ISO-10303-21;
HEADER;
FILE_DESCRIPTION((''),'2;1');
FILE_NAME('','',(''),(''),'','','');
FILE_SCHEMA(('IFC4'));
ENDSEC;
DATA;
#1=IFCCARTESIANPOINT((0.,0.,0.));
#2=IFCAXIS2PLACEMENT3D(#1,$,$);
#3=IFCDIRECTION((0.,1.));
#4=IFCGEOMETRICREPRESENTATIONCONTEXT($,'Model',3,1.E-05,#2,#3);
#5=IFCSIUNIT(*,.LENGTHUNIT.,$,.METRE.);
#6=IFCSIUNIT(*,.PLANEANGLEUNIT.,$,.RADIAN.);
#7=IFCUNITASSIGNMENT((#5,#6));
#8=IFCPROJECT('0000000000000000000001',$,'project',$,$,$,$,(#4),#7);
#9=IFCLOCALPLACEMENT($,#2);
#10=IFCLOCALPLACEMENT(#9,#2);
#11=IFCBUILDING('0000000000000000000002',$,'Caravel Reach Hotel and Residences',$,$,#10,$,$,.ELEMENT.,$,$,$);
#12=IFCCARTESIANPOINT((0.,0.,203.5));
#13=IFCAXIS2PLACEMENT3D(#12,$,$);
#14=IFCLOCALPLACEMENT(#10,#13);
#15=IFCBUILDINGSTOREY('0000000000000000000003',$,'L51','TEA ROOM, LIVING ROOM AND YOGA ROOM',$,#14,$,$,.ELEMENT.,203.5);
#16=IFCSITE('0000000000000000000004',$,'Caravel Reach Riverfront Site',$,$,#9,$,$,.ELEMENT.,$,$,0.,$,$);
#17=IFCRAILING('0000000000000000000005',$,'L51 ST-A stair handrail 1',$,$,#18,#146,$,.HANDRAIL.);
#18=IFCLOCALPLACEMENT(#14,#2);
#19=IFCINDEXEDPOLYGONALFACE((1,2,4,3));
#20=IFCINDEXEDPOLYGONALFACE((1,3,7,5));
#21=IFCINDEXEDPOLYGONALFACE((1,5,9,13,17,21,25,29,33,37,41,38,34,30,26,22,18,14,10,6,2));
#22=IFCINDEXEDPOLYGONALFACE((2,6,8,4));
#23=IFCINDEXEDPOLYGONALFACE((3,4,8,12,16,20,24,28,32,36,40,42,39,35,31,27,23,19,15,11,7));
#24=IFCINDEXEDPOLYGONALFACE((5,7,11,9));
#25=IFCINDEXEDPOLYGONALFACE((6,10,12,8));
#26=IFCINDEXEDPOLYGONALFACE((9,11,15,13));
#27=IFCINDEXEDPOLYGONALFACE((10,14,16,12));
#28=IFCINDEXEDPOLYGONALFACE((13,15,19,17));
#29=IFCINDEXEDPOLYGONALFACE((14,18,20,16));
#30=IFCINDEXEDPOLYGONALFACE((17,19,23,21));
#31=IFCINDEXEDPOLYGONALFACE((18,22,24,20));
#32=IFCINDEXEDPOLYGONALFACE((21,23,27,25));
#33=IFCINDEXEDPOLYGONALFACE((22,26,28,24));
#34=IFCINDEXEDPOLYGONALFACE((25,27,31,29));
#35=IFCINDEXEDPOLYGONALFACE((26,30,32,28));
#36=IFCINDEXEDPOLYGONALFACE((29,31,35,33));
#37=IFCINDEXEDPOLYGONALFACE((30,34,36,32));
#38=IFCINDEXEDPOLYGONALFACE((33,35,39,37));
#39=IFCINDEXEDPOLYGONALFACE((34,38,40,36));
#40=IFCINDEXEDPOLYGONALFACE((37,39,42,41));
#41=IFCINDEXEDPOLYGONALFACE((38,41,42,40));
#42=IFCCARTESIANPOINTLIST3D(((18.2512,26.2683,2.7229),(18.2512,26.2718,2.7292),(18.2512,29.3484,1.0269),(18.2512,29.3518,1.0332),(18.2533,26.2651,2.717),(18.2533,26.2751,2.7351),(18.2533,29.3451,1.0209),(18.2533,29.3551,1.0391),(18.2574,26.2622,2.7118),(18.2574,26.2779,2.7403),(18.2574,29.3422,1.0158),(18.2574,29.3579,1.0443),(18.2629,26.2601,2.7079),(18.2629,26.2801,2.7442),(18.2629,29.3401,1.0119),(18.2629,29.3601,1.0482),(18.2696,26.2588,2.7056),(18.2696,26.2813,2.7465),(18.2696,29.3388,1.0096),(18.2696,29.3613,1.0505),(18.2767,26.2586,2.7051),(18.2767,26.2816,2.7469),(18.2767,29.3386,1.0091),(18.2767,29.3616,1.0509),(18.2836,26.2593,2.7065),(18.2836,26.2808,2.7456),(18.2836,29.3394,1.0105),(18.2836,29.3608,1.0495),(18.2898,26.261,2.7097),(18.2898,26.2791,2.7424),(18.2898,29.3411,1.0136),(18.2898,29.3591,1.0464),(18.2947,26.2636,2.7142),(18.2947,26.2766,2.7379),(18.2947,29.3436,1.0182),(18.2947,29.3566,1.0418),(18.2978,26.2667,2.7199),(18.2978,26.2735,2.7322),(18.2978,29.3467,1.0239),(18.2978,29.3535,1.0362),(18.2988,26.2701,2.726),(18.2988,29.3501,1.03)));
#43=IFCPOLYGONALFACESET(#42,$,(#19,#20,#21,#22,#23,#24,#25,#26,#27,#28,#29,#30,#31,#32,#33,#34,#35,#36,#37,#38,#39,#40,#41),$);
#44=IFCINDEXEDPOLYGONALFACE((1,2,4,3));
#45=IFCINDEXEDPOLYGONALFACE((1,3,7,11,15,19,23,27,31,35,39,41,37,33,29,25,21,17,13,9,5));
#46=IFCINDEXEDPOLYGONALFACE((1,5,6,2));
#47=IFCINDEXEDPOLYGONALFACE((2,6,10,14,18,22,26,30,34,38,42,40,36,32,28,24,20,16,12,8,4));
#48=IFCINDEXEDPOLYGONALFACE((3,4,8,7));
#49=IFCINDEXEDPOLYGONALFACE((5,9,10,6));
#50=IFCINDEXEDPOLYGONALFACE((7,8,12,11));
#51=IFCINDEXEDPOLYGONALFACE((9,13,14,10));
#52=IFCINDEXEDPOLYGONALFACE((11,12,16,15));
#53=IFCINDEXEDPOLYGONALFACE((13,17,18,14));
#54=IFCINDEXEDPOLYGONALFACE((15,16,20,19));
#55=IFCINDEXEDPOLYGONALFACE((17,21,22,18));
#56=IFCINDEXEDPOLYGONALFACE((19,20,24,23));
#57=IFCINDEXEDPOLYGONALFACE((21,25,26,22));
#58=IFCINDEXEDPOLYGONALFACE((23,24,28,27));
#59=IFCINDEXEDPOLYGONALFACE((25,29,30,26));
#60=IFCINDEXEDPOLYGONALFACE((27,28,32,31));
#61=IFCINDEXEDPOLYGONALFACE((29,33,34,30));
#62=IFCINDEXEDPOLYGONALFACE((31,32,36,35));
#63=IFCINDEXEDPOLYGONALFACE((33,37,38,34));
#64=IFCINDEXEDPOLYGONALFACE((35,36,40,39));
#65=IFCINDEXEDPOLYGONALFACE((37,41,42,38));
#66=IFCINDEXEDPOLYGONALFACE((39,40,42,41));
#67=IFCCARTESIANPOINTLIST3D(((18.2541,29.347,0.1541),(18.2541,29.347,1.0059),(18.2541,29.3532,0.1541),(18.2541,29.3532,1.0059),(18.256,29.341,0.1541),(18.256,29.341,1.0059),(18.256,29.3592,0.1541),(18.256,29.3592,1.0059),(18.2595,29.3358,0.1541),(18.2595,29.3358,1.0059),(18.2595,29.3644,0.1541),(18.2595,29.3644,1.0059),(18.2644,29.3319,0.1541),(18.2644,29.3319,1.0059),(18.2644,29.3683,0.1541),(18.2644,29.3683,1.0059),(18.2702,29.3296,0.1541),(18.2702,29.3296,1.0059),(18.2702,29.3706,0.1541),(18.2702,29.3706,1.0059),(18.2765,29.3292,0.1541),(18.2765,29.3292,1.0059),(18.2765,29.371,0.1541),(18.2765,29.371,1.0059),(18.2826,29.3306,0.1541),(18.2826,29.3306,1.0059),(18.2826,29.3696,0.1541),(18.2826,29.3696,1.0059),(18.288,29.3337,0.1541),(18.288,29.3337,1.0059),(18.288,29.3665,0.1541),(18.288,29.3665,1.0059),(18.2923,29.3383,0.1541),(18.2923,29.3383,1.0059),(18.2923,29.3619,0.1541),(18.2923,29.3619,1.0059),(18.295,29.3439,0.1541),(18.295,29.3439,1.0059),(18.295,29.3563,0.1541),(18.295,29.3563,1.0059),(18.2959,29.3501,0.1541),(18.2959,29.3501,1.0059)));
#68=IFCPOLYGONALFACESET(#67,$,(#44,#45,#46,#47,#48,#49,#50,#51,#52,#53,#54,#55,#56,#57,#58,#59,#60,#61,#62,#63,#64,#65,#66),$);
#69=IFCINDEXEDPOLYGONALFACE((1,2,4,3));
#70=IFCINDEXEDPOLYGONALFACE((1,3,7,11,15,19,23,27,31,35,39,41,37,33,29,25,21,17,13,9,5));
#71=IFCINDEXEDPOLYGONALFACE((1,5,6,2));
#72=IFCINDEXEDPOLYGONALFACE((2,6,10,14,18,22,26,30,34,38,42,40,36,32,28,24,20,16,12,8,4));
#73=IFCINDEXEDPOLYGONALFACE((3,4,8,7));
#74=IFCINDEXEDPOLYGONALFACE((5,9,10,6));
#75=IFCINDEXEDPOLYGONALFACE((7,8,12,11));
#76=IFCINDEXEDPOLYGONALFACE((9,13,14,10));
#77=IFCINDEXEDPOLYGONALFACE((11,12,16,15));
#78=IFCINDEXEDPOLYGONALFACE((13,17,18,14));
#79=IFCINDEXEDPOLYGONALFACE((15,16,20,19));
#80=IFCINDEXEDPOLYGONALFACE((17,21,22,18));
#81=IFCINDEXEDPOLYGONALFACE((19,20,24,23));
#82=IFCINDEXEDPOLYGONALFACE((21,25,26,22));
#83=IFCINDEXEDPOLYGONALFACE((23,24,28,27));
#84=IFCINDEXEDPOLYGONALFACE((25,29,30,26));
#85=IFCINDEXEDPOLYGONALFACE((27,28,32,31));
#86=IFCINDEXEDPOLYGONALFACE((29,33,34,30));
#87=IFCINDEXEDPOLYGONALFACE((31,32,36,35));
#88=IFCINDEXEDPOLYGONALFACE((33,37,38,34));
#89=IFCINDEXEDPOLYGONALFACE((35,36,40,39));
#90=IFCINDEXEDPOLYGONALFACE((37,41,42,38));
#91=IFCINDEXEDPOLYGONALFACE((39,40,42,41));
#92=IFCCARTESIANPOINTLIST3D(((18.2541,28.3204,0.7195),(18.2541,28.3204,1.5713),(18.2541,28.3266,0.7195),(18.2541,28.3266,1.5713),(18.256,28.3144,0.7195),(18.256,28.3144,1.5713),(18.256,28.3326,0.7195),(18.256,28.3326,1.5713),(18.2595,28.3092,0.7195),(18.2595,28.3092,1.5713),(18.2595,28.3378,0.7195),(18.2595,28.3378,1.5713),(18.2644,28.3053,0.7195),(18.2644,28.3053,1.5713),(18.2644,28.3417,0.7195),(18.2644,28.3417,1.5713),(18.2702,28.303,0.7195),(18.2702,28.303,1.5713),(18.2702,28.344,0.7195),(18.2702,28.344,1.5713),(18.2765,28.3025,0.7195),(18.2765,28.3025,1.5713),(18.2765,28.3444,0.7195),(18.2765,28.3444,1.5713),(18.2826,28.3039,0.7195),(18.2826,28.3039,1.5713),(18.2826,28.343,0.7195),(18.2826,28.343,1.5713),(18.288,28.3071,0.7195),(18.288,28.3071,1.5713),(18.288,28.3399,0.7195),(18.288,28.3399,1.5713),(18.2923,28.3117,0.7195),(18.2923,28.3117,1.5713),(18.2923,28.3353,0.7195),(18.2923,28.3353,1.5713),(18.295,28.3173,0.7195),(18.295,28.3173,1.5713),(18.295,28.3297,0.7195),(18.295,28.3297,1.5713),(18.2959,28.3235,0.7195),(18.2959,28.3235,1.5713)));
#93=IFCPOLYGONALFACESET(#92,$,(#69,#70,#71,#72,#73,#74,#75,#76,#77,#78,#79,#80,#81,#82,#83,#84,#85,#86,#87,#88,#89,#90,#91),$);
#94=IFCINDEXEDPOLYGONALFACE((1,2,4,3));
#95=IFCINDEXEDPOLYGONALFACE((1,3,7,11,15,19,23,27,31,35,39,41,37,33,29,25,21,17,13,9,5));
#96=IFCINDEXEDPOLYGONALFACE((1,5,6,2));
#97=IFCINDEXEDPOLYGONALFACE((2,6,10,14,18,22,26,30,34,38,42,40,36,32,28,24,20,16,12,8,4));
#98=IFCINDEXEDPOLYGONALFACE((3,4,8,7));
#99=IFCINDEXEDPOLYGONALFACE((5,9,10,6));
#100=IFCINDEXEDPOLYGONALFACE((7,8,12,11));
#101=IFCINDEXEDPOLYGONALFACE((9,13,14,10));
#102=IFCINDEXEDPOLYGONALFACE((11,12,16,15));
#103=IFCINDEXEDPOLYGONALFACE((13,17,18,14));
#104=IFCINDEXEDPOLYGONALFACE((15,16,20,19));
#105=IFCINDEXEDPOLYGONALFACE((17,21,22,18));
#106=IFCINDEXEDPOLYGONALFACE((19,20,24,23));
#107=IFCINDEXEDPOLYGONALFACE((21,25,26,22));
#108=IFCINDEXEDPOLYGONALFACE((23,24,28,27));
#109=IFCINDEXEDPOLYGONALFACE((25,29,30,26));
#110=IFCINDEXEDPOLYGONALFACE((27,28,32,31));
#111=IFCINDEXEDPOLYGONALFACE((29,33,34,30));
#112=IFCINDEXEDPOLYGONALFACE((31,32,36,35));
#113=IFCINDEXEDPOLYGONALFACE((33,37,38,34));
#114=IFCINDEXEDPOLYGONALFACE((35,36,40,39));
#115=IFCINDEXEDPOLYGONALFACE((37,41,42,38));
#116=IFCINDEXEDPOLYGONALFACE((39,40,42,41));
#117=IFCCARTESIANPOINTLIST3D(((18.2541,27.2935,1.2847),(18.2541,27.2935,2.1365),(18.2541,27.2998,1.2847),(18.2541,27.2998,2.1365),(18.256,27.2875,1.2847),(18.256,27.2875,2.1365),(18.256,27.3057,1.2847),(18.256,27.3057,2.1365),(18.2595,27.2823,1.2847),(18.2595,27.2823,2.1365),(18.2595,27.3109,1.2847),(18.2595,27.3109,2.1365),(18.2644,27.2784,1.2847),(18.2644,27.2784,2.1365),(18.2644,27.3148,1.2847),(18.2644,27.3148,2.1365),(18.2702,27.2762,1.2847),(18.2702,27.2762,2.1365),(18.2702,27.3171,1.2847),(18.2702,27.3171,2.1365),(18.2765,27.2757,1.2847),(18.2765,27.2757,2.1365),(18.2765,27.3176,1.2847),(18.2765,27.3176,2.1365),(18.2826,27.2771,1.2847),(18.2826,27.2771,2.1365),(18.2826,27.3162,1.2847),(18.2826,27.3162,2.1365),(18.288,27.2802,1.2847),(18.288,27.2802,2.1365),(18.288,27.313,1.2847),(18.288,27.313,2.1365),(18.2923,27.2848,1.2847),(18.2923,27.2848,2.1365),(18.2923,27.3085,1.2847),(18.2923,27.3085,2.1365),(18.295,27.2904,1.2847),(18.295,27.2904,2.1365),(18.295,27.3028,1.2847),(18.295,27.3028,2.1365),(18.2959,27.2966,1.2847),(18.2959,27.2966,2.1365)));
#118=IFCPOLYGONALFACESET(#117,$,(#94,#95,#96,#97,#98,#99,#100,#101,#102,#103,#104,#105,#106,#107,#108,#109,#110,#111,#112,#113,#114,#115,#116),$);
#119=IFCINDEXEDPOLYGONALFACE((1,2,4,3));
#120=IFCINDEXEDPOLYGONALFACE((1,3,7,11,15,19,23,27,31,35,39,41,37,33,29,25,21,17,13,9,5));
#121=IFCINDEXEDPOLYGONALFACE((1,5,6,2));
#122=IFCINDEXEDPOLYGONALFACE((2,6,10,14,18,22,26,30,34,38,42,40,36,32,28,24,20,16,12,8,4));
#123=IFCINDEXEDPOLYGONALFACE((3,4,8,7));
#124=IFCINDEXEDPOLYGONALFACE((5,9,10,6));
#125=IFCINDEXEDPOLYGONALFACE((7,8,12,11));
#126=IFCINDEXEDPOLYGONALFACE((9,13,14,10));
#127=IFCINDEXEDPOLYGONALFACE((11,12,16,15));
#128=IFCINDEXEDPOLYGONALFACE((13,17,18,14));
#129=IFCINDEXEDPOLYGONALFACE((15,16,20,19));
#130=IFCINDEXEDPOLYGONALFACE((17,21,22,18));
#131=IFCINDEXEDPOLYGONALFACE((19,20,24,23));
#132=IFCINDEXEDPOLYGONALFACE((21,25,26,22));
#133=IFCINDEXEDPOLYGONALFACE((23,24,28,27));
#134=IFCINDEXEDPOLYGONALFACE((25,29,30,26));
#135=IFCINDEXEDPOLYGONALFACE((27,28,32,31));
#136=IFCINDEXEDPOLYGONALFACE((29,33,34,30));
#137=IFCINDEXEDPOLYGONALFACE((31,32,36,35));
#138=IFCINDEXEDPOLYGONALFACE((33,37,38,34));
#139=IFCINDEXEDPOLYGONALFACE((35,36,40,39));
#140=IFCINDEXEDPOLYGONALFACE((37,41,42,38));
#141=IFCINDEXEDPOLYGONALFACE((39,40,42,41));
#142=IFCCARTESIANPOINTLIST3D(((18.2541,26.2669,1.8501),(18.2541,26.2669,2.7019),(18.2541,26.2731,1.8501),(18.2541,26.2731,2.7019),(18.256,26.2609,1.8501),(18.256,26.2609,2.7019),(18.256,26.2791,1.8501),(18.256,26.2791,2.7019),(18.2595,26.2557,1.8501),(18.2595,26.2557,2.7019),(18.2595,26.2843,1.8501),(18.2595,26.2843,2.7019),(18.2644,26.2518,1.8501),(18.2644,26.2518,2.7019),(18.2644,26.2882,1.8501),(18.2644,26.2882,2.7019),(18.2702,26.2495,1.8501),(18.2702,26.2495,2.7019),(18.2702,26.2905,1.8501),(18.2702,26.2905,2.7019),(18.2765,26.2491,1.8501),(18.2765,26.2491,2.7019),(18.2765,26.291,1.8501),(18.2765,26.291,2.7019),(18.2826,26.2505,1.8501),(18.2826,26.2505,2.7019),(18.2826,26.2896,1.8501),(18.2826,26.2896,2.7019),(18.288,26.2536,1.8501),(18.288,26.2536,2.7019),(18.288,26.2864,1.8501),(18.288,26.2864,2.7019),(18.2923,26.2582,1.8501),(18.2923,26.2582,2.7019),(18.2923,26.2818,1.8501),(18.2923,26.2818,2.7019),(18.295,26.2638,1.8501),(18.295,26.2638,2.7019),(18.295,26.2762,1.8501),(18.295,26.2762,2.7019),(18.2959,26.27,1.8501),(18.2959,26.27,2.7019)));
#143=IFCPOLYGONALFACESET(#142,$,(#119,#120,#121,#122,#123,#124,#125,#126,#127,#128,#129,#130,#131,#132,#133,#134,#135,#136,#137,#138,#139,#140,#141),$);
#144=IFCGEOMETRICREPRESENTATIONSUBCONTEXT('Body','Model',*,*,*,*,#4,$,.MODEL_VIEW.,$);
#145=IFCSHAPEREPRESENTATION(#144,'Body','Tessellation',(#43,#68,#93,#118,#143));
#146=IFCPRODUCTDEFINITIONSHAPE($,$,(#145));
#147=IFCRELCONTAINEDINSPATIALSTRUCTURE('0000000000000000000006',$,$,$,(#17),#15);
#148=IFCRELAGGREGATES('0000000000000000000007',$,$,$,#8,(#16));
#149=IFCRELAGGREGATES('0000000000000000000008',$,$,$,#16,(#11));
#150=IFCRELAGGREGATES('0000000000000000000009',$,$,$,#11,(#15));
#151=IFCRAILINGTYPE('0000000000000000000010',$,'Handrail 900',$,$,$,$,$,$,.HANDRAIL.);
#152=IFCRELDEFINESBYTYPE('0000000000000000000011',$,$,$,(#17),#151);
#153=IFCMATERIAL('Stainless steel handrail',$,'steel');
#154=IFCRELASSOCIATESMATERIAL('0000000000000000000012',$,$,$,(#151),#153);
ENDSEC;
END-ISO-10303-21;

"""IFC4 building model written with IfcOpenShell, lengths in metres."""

from ifc_helpers import new_model, si_unit, direction, frame, origin, origin_2d, place, context, subcontext, project, spatial, circle, extrude, material, type_object, element, save


model = new_model("IFC4")

# Units and contexts
model_context = context("Model", 3, precision=1e-05, world=origin(), true_north=direction((0.0, 1.0)))
body_context = subcontext(model_context, "Body", "Model", "MODEL_VIEW")
ifc_project = project(units=[si_unit("LENGTHUNIT", "METRE"), si_unit("PLANEANGLEUNIT", "RADIAN")], contexts=[model_context])

# Site, building, storey
site_placement = place(None, origin())
site = spatial("IfcSite", under=ifc_project, at=site_placement, Name="Caravel Reach Riverfront Site", CompositionType="ELEMENT", RefElevation=0.0)
building_placement = place(site_placement, origin())
building = spatial("IfcBuilding", under=site, at=building_placement, Name="Caravel Reach Hotel and Residences", CompositionType="ELEMENT")
storey_placement = place(building_placement, frame((0.0, 0.0, 203.5)))
storey = spatial("IfcBuildingStorey", under=building, at=storey_placement, Name="L51", Description="TEA ROOM, LIVING ROOM AND YOGA ROOM", CompositionType="ELEMENT", Elevation=203.5)

# Railing
ifc_material_1 = material(Name="Stainless steel handrail", Category="steel")
railing_type_1 = type_object("IfcRailingType", Name="Handrail 900", PredefinedType="HANDRAIL", material=ifc_material_1)
railing_1_placement = place(storey_placement, frame((18.2749, 29.3501, 0.1541)))
element("IfcRailing", 1, at=railing_1_placement, inside=storey, type_object=railing_type_1, Name="L51 ST-A stair handrail 1", PredefinedType="HANDRAIL", context=body_context, shape_type="SweptSolid", body=[
    extrude(circle(Radius=0.0239, at=origin_2d()), frame((0.0, 0.0, 0.876), z_axis=(0.0, -0.875975, 0.482356), x_axis=(1.0, 0.0, 0.0)), (0.0, 0.0, 1.0), 3.5161),
    extrude(circle(Radius=0.021, at=origin_2d()), origin(), (0.0, 0.0, 1.0), 0.8518),
    extrude(circle(Radius=0.021, at=origin_2d()), frame((0.0, -1.0266, 0.5654)), (0.0, 0.0, 1.0), 0.8518),
    extrude(circle(Radius=0.021, at=origin_2d()), frame((0.0, -2.0535, 1.1306)), (0.0, 0.0, 1.0), 0.8518),
    extrude(circle(Radius=0.021, at=origin_2d()), frame((0.0, -3.0801, 1.696)), (0.0, 0.0, 1.0), 0.8518),
])

save(model, "model.ifc")
